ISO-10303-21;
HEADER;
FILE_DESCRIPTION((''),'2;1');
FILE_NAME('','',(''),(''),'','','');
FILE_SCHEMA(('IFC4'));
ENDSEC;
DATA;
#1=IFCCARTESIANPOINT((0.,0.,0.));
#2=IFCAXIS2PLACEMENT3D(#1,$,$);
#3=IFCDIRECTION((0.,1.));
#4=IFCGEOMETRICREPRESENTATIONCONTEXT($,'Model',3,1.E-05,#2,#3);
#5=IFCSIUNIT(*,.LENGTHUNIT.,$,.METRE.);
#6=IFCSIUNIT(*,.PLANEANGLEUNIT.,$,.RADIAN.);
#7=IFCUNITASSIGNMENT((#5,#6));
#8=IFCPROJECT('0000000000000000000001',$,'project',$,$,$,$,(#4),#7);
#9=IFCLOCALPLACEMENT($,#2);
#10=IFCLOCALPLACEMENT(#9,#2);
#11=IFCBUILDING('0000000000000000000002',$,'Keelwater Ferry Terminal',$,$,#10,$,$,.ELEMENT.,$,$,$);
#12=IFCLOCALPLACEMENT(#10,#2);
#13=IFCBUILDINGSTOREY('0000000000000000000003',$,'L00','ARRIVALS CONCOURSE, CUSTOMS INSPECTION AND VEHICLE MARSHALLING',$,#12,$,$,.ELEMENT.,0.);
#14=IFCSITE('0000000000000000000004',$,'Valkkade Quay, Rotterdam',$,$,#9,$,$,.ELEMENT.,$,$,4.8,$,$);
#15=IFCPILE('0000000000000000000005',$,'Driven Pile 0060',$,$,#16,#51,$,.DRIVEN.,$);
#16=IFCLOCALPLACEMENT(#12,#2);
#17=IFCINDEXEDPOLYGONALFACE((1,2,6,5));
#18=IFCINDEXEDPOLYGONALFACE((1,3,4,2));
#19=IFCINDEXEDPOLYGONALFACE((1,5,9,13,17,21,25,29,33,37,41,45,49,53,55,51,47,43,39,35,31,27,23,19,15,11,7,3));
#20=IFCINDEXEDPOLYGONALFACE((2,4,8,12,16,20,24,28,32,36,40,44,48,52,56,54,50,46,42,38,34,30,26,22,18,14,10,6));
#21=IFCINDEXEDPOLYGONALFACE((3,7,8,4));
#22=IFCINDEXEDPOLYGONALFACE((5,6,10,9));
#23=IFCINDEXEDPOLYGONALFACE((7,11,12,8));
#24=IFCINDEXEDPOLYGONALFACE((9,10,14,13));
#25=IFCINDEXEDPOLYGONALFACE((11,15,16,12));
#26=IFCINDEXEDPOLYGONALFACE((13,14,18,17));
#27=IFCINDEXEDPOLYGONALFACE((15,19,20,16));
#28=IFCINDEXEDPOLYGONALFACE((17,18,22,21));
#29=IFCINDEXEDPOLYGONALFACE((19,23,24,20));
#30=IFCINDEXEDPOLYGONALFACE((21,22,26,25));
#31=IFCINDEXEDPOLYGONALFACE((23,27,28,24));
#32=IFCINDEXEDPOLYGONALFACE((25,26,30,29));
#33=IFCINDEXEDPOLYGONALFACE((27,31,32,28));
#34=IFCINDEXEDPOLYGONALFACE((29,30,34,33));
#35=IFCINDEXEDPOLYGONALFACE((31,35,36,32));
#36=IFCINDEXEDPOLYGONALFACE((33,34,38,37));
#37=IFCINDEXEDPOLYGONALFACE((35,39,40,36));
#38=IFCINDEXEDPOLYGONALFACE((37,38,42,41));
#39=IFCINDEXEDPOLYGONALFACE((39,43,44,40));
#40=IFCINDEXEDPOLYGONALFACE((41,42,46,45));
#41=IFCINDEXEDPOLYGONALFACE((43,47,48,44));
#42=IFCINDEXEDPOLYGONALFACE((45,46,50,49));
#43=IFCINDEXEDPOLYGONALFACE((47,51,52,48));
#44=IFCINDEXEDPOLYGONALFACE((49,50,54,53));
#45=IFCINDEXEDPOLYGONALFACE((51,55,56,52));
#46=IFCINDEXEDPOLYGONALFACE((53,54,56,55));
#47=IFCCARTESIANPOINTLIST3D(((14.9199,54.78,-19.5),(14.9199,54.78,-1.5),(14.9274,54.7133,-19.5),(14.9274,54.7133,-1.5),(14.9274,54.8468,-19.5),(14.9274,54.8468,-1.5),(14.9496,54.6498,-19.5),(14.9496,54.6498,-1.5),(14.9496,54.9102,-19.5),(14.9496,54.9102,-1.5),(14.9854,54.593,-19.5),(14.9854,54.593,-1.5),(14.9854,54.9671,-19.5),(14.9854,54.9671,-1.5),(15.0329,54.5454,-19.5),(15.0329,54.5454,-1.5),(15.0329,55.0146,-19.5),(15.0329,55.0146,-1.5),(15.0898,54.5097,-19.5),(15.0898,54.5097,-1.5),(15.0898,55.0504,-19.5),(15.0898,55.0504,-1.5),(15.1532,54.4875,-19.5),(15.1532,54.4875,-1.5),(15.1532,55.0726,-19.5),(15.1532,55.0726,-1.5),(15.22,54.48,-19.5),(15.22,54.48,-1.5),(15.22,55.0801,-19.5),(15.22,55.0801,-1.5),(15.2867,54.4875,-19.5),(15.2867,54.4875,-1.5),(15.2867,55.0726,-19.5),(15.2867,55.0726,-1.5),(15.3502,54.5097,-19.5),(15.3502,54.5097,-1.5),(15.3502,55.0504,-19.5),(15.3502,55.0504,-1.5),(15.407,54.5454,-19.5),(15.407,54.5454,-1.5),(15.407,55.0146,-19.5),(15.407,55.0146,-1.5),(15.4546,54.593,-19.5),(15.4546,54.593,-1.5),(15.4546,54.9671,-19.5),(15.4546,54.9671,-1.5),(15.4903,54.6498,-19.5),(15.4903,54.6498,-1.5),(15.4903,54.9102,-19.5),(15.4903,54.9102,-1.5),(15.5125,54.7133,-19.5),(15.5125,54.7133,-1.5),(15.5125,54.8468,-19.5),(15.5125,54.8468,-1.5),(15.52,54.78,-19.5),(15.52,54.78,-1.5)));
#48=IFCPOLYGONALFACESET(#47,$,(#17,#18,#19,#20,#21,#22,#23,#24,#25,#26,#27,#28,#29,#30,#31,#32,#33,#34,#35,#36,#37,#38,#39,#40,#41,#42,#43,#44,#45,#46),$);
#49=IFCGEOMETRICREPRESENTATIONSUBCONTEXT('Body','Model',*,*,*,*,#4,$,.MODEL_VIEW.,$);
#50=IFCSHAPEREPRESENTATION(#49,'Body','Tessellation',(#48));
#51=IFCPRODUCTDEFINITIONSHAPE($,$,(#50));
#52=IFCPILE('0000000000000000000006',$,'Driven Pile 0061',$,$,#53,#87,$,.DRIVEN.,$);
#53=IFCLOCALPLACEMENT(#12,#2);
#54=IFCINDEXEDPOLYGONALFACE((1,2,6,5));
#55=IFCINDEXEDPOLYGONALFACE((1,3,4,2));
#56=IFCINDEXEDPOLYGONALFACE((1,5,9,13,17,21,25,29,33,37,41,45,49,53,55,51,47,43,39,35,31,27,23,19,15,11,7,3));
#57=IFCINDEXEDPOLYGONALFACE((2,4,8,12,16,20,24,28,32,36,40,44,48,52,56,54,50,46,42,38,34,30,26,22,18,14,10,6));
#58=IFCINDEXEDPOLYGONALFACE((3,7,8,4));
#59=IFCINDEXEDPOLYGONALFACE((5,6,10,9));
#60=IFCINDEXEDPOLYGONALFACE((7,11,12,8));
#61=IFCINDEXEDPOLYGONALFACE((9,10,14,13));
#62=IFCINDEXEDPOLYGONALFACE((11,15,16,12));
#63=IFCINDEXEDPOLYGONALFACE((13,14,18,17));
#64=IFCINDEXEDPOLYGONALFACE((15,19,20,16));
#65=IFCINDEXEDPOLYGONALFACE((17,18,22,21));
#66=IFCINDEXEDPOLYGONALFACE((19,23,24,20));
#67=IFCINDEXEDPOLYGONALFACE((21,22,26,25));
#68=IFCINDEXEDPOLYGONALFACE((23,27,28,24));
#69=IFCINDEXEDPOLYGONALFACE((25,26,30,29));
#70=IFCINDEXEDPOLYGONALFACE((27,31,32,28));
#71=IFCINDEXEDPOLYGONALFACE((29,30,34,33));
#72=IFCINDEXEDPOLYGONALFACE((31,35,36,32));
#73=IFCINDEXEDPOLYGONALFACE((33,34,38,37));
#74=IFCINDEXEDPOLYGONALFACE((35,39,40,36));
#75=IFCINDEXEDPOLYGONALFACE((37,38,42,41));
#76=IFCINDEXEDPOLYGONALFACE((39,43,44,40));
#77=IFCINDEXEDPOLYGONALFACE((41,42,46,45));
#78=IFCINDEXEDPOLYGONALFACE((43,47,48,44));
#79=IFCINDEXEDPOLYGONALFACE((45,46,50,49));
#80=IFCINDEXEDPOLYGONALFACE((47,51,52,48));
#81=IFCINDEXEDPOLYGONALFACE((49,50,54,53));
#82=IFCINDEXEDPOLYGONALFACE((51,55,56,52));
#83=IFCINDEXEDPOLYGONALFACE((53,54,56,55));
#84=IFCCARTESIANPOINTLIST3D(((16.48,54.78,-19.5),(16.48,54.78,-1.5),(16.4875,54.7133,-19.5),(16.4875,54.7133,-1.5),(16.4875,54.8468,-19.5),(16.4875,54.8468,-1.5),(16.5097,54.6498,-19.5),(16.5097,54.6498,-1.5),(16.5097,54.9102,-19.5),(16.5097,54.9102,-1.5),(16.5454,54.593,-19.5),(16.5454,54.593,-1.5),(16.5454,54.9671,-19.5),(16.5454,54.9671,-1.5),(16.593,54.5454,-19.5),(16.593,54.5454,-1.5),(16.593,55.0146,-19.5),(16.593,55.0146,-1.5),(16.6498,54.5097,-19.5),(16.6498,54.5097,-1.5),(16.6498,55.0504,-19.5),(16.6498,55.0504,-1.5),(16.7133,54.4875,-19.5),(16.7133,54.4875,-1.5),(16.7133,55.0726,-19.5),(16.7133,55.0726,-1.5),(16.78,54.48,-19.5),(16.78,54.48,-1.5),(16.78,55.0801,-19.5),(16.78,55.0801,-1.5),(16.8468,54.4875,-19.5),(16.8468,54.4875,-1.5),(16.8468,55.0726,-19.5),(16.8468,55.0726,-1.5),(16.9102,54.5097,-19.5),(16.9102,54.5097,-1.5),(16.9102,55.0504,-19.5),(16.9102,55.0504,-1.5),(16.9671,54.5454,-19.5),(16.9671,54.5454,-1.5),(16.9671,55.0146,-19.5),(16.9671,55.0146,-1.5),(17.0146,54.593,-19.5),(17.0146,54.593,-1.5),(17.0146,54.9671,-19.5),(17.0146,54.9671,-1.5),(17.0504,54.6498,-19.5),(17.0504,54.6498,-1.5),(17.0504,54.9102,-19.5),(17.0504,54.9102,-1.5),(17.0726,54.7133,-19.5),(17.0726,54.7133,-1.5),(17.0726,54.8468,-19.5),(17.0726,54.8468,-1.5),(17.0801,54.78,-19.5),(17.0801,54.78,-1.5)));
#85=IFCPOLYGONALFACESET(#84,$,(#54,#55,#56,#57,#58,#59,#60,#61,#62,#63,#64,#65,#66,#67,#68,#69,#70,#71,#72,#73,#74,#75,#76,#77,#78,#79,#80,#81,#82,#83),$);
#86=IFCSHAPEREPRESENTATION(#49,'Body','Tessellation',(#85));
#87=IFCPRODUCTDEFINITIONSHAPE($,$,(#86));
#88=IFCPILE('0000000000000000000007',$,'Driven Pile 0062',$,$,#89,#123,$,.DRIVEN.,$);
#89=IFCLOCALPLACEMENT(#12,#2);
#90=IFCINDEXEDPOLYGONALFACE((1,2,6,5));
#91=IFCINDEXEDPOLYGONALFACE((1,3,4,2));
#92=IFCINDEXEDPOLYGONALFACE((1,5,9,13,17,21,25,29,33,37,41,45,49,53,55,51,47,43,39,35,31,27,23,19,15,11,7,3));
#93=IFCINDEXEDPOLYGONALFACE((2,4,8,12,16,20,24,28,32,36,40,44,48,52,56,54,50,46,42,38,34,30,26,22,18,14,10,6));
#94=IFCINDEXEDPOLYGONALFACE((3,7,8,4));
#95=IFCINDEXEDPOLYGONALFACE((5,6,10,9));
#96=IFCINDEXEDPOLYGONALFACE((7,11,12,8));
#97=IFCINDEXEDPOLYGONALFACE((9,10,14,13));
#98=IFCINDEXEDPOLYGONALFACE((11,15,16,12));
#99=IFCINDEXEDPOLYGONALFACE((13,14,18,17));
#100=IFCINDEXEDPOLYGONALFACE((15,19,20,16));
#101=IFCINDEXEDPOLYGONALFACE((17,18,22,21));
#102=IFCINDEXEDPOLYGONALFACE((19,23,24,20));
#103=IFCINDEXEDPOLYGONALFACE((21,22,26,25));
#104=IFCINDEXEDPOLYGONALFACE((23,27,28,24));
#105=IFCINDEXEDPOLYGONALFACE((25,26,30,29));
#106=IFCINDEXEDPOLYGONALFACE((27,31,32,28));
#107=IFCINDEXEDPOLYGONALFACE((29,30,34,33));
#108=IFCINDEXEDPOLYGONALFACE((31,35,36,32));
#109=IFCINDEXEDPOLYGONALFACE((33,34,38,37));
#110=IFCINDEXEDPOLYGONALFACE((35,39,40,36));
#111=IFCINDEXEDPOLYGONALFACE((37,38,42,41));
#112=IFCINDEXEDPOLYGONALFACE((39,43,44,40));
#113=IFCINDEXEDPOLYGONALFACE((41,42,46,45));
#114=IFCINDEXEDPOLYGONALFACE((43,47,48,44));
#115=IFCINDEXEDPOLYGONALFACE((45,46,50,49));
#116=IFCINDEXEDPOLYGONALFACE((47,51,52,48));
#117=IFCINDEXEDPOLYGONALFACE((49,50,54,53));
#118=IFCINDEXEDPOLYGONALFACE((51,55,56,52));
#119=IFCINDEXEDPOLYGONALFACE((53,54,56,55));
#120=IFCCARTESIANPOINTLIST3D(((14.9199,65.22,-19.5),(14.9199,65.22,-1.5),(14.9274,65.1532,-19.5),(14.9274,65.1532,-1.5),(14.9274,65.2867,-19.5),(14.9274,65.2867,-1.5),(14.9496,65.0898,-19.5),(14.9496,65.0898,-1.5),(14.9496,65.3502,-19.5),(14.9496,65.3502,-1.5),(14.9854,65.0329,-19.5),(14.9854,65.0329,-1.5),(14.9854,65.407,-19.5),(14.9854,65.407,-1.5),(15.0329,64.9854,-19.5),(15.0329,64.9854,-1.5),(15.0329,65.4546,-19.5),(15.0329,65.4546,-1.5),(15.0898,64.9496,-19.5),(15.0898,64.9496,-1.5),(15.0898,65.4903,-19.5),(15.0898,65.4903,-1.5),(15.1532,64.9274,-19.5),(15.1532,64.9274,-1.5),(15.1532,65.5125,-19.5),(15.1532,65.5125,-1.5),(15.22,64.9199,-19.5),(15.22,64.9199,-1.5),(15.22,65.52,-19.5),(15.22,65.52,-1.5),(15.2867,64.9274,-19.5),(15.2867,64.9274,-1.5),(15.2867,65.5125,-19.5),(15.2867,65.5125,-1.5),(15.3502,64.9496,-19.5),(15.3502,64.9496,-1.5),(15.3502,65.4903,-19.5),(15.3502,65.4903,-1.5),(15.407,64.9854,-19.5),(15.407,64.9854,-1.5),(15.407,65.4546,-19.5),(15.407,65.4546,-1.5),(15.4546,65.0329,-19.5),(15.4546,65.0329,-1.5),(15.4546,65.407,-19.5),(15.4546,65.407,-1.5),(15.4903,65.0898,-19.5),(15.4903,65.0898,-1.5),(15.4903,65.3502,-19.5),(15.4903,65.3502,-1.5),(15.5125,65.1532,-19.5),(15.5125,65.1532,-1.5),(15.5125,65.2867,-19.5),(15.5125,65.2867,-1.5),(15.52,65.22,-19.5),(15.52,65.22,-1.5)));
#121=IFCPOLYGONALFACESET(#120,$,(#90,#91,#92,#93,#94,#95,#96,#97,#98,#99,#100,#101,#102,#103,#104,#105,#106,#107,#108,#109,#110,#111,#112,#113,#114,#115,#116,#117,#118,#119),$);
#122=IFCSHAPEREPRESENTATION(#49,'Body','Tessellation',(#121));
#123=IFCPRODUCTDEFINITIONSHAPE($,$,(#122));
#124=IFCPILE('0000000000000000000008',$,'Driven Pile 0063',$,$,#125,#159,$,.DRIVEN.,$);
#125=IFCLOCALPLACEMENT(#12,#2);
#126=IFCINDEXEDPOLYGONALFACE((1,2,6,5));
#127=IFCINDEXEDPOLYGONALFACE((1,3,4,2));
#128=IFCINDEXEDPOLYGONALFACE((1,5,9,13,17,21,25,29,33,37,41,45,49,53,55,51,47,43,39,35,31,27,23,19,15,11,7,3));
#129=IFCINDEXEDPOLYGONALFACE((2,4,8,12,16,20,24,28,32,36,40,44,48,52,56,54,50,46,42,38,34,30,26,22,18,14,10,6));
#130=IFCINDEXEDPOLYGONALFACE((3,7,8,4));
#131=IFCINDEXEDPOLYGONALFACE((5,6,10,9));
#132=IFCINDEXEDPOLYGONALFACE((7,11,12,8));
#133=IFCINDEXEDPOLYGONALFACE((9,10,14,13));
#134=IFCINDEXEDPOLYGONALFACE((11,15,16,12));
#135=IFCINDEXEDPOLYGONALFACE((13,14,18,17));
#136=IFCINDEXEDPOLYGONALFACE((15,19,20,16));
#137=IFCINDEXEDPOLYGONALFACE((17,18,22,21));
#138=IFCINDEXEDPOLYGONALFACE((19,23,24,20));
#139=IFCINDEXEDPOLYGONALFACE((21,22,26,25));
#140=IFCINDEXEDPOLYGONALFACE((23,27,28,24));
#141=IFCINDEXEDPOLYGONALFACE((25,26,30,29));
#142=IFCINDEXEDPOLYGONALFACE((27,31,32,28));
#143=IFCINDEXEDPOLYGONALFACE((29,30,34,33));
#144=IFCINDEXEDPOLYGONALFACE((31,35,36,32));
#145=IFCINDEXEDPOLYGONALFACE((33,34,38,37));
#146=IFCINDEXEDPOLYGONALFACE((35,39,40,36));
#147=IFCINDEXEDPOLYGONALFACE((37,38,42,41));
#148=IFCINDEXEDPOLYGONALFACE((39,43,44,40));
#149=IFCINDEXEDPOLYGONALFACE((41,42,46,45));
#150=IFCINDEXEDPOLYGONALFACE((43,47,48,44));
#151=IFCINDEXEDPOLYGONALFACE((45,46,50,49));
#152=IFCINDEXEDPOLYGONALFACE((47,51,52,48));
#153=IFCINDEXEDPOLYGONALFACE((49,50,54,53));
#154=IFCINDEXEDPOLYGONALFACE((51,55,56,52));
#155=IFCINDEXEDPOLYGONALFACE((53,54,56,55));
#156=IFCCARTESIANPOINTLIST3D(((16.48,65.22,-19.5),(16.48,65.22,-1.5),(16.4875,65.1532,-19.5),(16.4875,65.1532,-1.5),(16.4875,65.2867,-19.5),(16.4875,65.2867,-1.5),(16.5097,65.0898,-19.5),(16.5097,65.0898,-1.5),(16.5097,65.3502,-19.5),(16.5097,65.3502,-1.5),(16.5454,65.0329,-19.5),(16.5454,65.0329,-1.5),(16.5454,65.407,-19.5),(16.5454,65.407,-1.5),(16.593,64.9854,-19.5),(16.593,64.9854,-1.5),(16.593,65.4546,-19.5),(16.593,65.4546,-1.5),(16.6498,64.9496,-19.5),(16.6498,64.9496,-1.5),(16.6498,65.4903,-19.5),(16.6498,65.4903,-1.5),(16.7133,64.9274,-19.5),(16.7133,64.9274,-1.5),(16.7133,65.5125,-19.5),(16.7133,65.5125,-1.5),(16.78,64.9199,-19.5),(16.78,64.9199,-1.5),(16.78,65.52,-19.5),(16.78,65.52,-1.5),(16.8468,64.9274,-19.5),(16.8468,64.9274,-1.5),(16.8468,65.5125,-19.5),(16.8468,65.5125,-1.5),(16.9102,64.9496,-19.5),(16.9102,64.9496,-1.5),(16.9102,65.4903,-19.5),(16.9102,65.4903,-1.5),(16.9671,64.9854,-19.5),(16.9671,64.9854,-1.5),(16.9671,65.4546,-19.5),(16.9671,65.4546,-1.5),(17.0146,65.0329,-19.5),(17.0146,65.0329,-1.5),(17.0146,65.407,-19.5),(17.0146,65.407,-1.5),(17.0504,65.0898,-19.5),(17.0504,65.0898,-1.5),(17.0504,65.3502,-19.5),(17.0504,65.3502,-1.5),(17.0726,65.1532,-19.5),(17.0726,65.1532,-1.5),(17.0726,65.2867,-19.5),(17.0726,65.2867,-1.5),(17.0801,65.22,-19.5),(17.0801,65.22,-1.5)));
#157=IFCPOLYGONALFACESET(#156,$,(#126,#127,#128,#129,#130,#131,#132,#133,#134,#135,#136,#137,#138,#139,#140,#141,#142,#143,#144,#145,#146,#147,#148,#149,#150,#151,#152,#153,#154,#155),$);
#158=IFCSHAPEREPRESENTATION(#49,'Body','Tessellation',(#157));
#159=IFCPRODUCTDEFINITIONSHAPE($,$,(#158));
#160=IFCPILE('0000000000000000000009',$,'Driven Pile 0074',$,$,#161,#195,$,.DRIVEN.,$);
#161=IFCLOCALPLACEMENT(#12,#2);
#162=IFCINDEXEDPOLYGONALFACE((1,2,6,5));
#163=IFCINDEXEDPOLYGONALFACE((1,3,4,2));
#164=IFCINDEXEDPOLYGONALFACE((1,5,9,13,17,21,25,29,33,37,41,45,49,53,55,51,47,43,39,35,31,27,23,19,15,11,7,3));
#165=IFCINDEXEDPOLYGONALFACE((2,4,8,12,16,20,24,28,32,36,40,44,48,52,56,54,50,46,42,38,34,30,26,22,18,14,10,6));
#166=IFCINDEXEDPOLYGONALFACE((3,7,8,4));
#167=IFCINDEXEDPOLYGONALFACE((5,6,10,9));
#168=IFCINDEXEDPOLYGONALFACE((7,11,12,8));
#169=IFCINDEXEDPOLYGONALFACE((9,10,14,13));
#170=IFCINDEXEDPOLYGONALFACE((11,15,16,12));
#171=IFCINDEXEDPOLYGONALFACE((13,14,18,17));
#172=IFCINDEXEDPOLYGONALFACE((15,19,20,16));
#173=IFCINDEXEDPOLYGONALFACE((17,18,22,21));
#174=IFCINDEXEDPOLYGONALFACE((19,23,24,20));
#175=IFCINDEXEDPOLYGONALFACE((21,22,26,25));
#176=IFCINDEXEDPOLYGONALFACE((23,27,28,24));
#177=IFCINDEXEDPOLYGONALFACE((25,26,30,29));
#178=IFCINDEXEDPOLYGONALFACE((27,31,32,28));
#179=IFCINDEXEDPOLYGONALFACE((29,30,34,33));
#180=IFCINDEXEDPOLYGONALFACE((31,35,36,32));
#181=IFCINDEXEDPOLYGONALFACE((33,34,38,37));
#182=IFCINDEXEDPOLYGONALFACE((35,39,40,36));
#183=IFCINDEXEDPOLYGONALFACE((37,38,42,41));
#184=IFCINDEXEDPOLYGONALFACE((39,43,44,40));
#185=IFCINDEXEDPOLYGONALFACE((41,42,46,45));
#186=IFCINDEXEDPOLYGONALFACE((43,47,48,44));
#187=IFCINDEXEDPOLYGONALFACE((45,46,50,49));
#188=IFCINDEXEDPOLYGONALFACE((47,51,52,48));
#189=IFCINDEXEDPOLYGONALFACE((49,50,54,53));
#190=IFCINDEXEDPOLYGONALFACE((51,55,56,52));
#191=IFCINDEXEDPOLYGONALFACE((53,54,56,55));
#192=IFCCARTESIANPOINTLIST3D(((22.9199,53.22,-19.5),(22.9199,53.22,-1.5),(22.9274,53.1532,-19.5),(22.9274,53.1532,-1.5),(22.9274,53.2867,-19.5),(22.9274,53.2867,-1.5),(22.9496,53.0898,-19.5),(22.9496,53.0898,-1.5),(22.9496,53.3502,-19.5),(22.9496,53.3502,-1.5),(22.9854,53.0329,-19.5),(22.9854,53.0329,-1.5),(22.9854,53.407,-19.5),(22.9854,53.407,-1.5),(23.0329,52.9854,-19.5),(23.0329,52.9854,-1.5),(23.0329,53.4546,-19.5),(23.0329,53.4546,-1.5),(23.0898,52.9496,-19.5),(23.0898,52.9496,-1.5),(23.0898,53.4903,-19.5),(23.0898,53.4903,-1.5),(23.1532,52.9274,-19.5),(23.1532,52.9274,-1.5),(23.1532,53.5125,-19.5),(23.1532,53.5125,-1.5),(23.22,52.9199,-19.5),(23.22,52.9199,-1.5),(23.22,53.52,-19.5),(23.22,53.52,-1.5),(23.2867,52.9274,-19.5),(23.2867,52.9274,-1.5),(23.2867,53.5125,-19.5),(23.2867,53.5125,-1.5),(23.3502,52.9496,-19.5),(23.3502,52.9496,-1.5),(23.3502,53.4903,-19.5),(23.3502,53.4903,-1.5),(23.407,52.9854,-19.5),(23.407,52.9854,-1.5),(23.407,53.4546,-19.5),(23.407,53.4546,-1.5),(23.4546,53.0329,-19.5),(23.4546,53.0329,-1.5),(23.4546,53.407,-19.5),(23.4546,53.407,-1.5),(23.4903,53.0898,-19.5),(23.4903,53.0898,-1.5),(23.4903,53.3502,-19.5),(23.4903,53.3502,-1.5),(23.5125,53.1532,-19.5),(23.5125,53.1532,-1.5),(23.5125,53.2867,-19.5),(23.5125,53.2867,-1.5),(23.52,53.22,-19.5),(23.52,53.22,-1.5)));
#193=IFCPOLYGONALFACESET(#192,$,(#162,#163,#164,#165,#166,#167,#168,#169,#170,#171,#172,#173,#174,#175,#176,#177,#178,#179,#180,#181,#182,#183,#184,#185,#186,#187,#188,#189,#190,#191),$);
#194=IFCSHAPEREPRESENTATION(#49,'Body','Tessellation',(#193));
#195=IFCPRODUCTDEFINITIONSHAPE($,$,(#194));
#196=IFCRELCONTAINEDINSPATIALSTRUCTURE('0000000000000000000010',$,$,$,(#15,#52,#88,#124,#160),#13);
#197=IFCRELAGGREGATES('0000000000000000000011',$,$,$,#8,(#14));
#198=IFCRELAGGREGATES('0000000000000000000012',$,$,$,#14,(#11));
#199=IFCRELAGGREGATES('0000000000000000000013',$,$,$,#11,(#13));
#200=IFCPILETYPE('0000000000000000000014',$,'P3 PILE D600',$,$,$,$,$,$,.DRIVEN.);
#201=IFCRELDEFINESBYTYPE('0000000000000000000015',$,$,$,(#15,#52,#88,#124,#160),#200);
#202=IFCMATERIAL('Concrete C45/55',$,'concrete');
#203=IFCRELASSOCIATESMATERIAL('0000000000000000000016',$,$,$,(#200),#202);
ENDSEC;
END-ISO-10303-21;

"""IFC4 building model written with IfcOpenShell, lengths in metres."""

from ifc_helpers import new_model, si_unit, direction, frame, origin, origin_2d, place, context, subcontext, project, spatial, circle, extrude, material, material_profile, profile_set, type_object, element, save


model = new_model("IFC4")

# Units and contexts
model_context = context("Model", 3, precision=1e-05, world=origin(), true_north=direction((0.0, 1.0)))
body_context = subcontext(model_context, "Body", "Model", "MODEL_VIEW")
ifc_project = project(units=[si_unit("LENGTHUNIT", "METRE"), si_unit("PLANEANGLEUNIT", "RADIAN")], contexts=[model_context])

# Site, building, storey
site_placement = place(None, origin())
site = spatial("IfcSite", under=ifc_project, at=site_placement, Name="Valkkade Quay, Rotterdam", CompositionType="ELEMENT", RefElevation=4.8)
building_placement = place(site_placement, origin())
building = spatial("IfcBuilding", under=site, at=building_placement, Name="Keelwater Ferry Terminal", CompositionType="ELEMENT")
storey_placement = place(building_placement, origin())
storey = spatial("IfcBuildingStorey", under=building, at=storey_placement, Name="L00", Description="ARRIVALS CONCOURSE, CUSTOMS INSPECTION AND VEHICLE MARSHALLING", CompositionType="ELEMENT", Elevation=0.0)

# Piles
ifc_material_1 = material(Name="Concrete C45/55", Category="concrete")
ifc_material_profile_1 = material_profile(ifc_material_1, circle(Radius=0.3, at=origin_2d()), Name="PILE D600")
ifc_profile_set_1 = profile_set([ifc_material_profile_1], Name="Concrete C45/55")
pile_type = type_object("IfcPileType", Name="P3 PILE D600", PredefinedType="DRIVEN", material=ifc_profile_set_1)
for number, where, z_axis, x_axis, name in (
    (1, (15.22, 54.78, -1.5), (0.0, 0.0, -1.0), (1.0, 0.0, 0.0), "Driven Pile 0060"),
    (2, (16.78, 54.78, -1.5), (0.0, 0.0, -1.0), (1.0, 0.0, 0.0), "Driven Pile 0061"),
    (3, (15.22, 65.22, -1.5), (0.0, 0.0, -1.0), (1.0, 0.0, 0.0), "Driven Pile 0062"),
    (4, (16.78, 65.22, -1.5), (0.0, 0.0, -1.0), (1.0, 0.0, 0.0), "Driven Pile 0063"),
    (5, (23.22, 53.22, -1.5), (0.0, 0.0, -1.0), (1.0, 0.0, 0.0), "Driven Pile 0074"),
):
    element("IfcPile", number, at=place(storey_placement, frame(where, z_axis=z_axis, x_axis=x_axis)), inside=storey, type_object=pile_type, Name=name, PredefinedType="DRIVEN", context=body_context, shape_type="SweptSolid", body=[
        extrude(circle(Radius=0.3, at=origin_2d()), origin(), (0.0, 0.0, 1.0), 18.0),
    ])

save(model, "model.ifc")
